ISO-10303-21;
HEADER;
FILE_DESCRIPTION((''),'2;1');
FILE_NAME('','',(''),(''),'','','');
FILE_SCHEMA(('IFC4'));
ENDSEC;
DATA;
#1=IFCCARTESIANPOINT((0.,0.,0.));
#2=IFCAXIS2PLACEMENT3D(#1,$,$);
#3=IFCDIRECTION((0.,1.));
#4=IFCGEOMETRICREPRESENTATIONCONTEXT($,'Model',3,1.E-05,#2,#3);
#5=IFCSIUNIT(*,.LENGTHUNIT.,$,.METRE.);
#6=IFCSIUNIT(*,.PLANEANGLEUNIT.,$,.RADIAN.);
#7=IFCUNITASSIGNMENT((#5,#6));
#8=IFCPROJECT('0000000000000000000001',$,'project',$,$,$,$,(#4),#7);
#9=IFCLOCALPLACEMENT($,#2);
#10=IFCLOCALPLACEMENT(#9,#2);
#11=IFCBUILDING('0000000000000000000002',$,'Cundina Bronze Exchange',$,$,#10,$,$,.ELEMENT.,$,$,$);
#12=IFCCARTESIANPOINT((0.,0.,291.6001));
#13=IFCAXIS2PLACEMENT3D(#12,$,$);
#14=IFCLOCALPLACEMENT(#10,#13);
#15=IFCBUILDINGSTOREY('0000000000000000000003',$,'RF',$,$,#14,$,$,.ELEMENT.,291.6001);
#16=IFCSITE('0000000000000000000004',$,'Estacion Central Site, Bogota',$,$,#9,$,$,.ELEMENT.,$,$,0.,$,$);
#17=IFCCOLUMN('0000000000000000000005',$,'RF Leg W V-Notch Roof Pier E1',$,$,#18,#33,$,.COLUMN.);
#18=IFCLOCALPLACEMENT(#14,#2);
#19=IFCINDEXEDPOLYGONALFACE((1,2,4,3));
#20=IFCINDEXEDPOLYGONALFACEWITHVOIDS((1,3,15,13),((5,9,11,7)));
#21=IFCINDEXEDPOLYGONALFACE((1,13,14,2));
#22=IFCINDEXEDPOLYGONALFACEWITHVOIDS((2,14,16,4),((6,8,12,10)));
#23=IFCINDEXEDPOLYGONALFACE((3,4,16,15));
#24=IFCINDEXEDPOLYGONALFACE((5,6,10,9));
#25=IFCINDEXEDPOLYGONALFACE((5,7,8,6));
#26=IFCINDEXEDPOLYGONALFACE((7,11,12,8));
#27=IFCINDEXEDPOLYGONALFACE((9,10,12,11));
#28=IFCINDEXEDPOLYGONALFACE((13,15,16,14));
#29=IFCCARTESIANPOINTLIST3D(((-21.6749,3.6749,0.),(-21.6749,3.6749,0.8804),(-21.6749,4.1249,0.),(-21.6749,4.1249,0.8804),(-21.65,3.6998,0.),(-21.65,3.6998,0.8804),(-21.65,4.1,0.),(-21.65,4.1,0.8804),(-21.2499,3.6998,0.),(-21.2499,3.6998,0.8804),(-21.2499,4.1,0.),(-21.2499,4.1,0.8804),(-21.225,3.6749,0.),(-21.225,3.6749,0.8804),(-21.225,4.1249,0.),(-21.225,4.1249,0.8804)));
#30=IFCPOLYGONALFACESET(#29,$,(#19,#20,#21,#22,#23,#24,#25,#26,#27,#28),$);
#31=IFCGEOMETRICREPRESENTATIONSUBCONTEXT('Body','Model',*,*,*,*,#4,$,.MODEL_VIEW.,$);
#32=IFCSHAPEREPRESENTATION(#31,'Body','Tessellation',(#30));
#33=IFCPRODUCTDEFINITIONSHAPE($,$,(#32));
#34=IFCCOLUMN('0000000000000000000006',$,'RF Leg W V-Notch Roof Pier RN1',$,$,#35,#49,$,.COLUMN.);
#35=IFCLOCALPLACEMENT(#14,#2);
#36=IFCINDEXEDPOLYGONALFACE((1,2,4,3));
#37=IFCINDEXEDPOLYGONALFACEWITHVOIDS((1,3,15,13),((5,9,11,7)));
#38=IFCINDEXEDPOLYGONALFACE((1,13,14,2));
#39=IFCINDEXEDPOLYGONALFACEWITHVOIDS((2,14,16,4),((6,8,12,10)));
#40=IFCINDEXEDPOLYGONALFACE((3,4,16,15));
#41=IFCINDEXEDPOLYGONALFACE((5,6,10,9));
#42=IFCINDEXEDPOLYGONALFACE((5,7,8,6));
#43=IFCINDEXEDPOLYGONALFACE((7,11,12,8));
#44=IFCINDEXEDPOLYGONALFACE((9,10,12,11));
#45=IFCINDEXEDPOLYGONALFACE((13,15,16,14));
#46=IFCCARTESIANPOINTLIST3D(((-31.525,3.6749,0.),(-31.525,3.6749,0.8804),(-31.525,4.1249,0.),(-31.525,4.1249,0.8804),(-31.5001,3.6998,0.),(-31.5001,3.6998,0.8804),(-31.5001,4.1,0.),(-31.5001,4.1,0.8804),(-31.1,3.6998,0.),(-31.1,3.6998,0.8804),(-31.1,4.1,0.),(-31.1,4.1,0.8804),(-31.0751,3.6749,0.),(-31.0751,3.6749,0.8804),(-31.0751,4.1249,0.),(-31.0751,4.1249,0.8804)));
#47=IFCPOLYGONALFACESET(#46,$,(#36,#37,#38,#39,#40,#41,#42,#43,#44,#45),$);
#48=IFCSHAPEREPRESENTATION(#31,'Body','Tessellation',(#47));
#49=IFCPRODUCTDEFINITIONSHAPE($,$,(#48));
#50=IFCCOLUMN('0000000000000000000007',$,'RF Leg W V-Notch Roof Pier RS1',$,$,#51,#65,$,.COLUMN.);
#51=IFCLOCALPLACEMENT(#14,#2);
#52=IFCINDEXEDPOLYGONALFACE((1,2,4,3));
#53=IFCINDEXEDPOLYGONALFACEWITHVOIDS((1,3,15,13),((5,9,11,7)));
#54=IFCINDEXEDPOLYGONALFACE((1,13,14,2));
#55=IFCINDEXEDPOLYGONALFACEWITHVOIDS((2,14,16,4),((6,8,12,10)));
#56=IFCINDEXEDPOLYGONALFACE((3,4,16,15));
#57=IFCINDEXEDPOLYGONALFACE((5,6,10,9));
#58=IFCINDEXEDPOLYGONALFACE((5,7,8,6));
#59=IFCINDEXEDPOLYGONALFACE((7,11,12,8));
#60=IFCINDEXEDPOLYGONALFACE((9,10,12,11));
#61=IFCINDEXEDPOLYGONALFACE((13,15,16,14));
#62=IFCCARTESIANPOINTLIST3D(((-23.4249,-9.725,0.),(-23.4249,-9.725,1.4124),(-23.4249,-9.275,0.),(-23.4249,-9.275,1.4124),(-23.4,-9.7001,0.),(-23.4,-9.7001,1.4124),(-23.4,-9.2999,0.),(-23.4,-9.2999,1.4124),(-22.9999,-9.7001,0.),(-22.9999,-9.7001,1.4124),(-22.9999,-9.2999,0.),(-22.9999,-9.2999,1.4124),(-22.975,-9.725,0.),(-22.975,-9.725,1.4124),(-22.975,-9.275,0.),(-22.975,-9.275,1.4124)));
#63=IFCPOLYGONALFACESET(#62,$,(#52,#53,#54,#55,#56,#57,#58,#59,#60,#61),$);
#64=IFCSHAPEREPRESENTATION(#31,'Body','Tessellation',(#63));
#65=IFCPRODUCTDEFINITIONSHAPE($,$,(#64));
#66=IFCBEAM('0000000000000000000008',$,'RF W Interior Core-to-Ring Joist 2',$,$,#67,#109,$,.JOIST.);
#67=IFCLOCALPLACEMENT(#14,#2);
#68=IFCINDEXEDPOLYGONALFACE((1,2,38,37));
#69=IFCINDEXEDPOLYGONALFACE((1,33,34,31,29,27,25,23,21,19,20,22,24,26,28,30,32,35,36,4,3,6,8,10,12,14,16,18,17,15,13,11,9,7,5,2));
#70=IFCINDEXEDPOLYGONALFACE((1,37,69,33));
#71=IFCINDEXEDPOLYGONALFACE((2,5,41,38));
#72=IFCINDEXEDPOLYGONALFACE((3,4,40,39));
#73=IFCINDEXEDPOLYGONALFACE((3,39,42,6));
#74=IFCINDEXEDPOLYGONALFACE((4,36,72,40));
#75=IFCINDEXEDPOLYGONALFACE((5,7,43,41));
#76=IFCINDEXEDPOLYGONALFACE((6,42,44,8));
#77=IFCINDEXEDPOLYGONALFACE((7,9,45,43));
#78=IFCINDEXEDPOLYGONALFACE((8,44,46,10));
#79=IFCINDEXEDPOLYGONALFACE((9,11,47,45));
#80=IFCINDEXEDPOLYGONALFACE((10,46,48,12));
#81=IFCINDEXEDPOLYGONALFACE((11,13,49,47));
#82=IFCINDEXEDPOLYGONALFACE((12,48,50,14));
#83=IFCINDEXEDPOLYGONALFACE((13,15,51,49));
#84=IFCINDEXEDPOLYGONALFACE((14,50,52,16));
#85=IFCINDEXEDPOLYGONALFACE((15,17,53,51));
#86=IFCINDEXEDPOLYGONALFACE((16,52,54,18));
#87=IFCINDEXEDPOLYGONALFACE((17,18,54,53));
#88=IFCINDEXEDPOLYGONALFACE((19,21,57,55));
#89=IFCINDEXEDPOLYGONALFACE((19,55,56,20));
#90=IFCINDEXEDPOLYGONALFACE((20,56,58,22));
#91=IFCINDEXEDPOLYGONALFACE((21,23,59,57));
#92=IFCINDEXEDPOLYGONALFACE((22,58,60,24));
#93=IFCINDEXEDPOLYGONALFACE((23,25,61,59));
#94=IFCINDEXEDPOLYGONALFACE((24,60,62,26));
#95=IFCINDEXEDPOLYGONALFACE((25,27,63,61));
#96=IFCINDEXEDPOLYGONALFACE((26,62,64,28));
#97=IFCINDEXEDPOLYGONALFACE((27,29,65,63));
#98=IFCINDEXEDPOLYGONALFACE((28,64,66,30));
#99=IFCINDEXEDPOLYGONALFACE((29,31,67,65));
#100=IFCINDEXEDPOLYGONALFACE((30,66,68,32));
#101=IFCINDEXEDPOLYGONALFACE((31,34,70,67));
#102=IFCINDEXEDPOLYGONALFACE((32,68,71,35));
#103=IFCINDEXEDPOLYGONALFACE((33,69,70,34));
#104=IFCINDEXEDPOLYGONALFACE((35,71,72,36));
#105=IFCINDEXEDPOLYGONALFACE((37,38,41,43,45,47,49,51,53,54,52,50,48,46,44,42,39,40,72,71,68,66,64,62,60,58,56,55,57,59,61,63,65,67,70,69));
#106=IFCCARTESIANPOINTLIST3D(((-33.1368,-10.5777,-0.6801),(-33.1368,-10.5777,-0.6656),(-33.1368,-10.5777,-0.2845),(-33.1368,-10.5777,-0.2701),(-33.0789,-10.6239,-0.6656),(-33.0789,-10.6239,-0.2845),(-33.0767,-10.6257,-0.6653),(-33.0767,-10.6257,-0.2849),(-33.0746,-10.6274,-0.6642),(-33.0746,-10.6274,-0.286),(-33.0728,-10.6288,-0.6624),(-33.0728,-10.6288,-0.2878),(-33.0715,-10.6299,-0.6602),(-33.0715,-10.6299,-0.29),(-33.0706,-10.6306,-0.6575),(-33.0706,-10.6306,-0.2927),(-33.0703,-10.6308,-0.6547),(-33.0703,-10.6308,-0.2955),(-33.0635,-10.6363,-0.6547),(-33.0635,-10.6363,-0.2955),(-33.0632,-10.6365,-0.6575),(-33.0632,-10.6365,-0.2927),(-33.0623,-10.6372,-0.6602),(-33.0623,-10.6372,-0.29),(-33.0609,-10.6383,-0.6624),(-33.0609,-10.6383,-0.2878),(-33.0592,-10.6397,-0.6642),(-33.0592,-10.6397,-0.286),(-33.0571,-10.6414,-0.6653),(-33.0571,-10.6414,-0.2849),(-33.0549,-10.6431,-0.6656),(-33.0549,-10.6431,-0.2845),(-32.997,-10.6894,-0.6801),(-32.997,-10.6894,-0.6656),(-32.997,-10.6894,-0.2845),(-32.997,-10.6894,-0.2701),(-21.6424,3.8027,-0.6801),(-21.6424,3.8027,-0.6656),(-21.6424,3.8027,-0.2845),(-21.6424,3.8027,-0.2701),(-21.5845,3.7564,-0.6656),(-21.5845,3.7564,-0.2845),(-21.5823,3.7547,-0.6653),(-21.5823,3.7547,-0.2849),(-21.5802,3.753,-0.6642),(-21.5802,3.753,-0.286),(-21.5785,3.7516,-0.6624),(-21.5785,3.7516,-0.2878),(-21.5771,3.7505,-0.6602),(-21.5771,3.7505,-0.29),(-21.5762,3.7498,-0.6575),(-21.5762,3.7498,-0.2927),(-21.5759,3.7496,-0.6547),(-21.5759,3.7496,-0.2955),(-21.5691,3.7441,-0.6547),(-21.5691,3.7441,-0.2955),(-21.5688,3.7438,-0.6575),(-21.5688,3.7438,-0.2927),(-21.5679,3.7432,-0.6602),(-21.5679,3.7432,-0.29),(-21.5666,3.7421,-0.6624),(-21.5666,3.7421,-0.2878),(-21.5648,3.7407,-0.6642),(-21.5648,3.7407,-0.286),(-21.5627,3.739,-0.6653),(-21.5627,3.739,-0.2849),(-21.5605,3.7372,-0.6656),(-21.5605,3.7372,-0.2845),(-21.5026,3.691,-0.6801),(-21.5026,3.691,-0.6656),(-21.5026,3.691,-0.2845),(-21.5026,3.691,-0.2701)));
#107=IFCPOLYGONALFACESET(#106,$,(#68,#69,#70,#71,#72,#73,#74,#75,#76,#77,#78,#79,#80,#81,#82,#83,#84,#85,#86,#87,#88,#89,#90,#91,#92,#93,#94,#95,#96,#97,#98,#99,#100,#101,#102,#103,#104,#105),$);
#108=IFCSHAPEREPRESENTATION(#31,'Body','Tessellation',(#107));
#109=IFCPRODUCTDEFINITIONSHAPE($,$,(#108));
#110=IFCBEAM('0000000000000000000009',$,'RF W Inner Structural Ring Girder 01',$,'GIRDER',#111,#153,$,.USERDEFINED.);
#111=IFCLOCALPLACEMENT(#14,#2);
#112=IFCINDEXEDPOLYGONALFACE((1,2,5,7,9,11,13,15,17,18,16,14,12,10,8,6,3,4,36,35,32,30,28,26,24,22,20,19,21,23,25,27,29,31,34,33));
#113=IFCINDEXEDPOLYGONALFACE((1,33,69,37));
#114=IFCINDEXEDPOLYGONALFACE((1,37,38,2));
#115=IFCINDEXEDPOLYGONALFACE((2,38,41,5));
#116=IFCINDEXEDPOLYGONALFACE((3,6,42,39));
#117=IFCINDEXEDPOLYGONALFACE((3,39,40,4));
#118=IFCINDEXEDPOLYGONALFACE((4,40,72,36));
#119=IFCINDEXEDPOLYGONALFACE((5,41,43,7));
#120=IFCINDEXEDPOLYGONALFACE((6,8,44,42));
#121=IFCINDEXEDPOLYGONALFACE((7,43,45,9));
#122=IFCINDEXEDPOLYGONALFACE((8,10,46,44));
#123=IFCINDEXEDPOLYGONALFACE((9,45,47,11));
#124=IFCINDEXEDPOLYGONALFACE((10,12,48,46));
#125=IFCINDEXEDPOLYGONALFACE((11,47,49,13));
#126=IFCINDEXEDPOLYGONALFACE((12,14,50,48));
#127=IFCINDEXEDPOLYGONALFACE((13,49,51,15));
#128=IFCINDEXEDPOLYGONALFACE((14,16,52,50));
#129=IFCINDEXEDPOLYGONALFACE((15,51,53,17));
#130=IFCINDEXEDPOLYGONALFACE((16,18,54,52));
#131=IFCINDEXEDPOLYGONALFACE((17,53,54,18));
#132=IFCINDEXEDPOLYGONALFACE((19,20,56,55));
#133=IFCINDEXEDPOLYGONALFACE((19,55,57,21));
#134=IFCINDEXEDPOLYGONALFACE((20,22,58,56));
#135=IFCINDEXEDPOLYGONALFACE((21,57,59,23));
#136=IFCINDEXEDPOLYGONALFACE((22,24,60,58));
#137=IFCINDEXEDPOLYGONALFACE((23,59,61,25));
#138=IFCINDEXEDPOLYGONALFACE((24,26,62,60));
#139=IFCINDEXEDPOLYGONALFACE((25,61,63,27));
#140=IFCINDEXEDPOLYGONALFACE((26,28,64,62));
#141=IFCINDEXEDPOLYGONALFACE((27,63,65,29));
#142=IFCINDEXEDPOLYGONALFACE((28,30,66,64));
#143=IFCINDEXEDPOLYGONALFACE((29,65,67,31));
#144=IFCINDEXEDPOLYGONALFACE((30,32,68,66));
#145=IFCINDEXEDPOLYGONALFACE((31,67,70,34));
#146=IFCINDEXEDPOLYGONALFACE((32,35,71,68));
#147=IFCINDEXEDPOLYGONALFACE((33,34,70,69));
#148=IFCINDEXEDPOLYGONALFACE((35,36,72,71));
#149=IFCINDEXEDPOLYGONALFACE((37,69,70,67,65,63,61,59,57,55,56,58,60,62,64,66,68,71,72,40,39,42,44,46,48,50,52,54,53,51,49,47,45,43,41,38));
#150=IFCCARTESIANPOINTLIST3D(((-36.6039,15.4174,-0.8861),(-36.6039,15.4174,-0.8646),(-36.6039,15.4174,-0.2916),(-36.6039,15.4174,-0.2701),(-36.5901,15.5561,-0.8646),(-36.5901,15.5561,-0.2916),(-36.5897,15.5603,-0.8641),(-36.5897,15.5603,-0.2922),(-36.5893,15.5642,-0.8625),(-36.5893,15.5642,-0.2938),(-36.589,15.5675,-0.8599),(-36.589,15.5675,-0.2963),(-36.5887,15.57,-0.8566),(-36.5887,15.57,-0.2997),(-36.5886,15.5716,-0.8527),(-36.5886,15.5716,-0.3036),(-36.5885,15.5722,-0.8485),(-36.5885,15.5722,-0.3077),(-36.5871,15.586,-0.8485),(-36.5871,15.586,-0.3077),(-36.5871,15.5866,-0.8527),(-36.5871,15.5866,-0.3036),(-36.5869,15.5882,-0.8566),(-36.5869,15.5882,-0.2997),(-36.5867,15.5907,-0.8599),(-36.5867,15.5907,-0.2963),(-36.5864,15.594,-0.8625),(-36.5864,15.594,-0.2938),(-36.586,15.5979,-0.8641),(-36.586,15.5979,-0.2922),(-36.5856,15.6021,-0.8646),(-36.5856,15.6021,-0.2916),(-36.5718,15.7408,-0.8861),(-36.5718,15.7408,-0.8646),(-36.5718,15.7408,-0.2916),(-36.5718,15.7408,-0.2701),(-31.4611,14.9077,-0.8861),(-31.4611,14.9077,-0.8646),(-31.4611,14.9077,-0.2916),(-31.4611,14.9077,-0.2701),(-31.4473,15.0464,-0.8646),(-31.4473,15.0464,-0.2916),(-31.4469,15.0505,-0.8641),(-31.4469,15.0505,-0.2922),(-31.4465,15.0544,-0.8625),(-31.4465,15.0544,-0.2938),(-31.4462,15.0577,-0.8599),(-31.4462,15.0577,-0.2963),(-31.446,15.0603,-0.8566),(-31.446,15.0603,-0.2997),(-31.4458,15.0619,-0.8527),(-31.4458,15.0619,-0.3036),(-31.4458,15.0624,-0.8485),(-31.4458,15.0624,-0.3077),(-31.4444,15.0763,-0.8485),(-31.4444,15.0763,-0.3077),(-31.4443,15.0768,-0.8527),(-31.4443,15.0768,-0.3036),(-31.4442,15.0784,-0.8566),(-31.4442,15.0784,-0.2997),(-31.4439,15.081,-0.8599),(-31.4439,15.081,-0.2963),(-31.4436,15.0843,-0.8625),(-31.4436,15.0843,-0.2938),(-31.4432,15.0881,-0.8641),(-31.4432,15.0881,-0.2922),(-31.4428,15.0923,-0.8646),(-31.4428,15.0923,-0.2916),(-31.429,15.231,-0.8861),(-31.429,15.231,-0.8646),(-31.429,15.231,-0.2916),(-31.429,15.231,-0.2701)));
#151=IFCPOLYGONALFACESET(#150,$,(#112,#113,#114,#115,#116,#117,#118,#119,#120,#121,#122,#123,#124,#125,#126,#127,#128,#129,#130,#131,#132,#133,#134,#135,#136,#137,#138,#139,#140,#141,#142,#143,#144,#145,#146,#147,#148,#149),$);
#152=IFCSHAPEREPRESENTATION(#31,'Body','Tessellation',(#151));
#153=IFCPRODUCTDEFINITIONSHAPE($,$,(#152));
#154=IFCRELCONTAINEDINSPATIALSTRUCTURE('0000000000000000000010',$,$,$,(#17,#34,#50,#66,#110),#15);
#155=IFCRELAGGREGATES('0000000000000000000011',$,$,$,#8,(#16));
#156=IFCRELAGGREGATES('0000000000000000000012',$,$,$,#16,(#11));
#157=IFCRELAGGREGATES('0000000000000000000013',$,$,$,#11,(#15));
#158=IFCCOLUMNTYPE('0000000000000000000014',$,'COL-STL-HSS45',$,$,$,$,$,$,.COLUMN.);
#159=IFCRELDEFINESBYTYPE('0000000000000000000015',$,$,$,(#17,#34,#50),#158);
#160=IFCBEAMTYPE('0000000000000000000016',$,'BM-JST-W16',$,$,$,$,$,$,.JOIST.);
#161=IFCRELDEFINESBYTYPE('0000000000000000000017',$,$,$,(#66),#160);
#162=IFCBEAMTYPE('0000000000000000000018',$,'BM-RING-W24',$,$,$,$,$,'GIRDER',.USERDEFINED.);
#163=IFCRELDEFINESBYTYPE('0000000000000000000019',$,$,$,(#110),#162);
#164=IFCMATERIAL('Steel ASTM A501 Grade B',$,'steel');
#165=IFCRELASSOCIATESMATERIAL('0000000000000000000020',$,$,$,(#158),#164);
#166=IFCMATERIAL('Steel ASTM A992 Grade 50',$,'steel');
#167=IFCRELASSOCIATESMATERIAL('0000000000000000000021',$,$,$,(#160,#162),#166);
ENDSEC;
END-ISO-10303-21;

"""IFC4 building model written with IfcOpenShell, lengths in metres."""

from ifc_helpers import new_model, si_unit, direction, frame, origin, origin_2d, place, context, subcontext, project, spatial, hollow_rectangle, i_section, extrude, material, material_profile, profile_set, type_object, element, save


model = new_model("IFC4")

# Units and contexts
model_context = context("Model", 3, precision=1e-05, world=origin(), true_north=direction((0.0, 1.0)))
body_context = subcontext(model_context, "Body", "Model", "MODEL_VIEW")
ifc_project = project(units=[si_unit("LENGTHUNIT", "METRE"), si_unit("PLANEANGLEUNIT", "RADIAN")], contexts=[model_context])

# Site, building, storey
site_placement = place(None, origin())
site = spatial("IfcSite", under=ifc_project, at=site_placement, Name="Estacion Central Site, Bogota", CompositionType="ELEMENT", RefElevation=0.0)
building_placement = place(site_placement, origin())
building = spatial("IfcBuilding", under=site, at=building_placement, Name="Cundina Bronze Exchange", CompositionType="ELEMENT")
storey_placement = place(building_placement, frame((0.0, 0.0, 291.6001)))
storey = spatial("IfcBuildingStorey", under=building, at=storey_placement, Name="RF", CompositionType="ELEMENT", Elevation=291.6001)

# Columns
ifc_material_1 = material(Name="Steel ASTM A501 Grade B", Category="steel")
ifc_material_profile_1 = material_profile(ifc_material_1, hollow_rectangle(XDim=0.45, YDim=0.45, WallThickness=0.0249, at=origin_2d()), Name="HSS450X450X25", Category="steel")
ifc_profile_set_1 = profile_set([ifc_material_profile_1], Name="Steel ASTM A501 Grade B")
column_type = type_object("IfcColumnType", Name="COL-STL-HSS45", PredefinedType="COLUMN", material=ifc_profile_set_1)
for number, where, z_axis, x_axis, name in (
    (1, (-21.45, 3.8999, 0.0), (0.0, 0.0, 1.0), (1.0, 0.0, 0.0), "RF Leg W V-Notch Roof Pier E1"),
    (2, (-31.3, 3.8999, 0.0), (0.0, 0.0, 1.0), (1.0, 0.0, 0.0), "RF Leg W V-Notch Roof Pier RN1"),
):
    element("IfcColumn", number, at=place(storey_placement, frame(where, z_axis=z_axis, x_axis=x_axis)), inside=storey, type_object=column_type, Name=name, PredefinedType="COLUMN", context=body_context, shape_type="SweptSolid", body=[
        extrude(hollow_rectangle(XDim=0.45, YDim=0.45, WallThickness=0.0249, at=origin_2d()), origin(), (0.0, 0.0, 1.0), 0.8804),
    ])
column_placement = place(storey_placement, frame((-23.2, -9.5, 0.0), z_axis=(0.0, 0.0, 1.0), x_axis=(1.0, 0.0, 0.0)))
element("IfcColumn", 3, at=column_placement, inside=storey, type_object=column_type, Name="RF Leg W V-Notch Roof Pier RS1", PredefinedType="COLUMN", context=body_context, shape_type="SweptSolid", body=[
    extrude(hollow_rectangle(XDim=0.45, YDim=0.45, WallThickness=0.0249, at=origin_2d()), origin(), (0.0, 0.0, 1.0), 1.4124),
])

# Beams
ifc_material_2 = material(Name="Steel ASTM A992 Grade 50", Category="steel")
ifc_material_profile_2 = material_profile(ifc_material_2, i_section(OverallWidth=0.179, OverallDepth=0.4099, WebThickness=0.0088, FlangeThickness=0.0144, FilletRadius=0.011, at=origin_2d()), Name="W16X45", Category="steel")
ifc_profile_set_2 = profile_set([ifc_material_profile_2], Name="Steel ASTM A992 Grade 50")
beam_type_1 = type_object("IfcBeamType", Name="BM-JST-W16", PredefinedType="JOIST", material=ifc_profile_set_2)
beam_1_placement = place(storey_placement, frame((-21.5725, 3.7468, -0.4751), z_axis=(-0.624367, -0.781131, 0.0), x_axis=(0.781131, -0.624367, 0.0)))
element("IfcBeam", 4, at=beam_1_placement, inside=storey, type_object=beam_type_1, Name="RF W Interior Core-to-Ring Joist 2", PredefinedType="JOIST", context=body_context, shape_type="SweptSolid", body=[
    extrude(i_section(OverallWidth=0.179, OverallDepth=0.4099, WebThickness=0.0088, FlangeThickness=0.0144, FilletRadius=0.011, at=origin_2d()), origin(), (0.0, 0.0, 1.0), 18.4097),
])
ifc_material_profile_3 = material_profile(ifc_material_2, i_section(OverallWidth=0.325, OverallDepth=0.616, WebThickness=0.0139, FlangeThickness=0.0215, FilletRadius=0.0161, at=origin_2d()), Name="W24X117", Category="steel")
ifc_profile_set_3 = profile_set([ifc_material_profile_3], Name="Steel ASTM A992 Grade 50")
beam_type_2 = type_object("IfcBeamType", Name="BM-RING-W24", ElementType="GIRDER", PredefinedType="USERDEFINED", material=ifc_profile_set_3)
beam_2_placement = place(storey_placement, frame((-31.4451, 15.0693, -0.5781), z_axis=(-0.995123, 0.098638, 0.0), x_axis=(-0.098638, -0.995123, 0.0)))
element("IfcBeam", 5, at=beam_2_placement, inside=storey, type_object=beam_type_2, Name="RF W Inner Structural Ring Girder 01", ObjectType="GIRDER", PredefinedType="USERDEFINED", context=body_context, shape_type="SweptSolid", body=[
    extrude(i_section(OverallWidth=0.325, OverallDepth=0.616, WebThickness=0.0139, FlangeThickness=0.0215, FilletRadius=0.0161, at=origin_2d()), origin(), (0.0, 0.0, 1.0), 5.168),
])

save(model, "model.ifc")
